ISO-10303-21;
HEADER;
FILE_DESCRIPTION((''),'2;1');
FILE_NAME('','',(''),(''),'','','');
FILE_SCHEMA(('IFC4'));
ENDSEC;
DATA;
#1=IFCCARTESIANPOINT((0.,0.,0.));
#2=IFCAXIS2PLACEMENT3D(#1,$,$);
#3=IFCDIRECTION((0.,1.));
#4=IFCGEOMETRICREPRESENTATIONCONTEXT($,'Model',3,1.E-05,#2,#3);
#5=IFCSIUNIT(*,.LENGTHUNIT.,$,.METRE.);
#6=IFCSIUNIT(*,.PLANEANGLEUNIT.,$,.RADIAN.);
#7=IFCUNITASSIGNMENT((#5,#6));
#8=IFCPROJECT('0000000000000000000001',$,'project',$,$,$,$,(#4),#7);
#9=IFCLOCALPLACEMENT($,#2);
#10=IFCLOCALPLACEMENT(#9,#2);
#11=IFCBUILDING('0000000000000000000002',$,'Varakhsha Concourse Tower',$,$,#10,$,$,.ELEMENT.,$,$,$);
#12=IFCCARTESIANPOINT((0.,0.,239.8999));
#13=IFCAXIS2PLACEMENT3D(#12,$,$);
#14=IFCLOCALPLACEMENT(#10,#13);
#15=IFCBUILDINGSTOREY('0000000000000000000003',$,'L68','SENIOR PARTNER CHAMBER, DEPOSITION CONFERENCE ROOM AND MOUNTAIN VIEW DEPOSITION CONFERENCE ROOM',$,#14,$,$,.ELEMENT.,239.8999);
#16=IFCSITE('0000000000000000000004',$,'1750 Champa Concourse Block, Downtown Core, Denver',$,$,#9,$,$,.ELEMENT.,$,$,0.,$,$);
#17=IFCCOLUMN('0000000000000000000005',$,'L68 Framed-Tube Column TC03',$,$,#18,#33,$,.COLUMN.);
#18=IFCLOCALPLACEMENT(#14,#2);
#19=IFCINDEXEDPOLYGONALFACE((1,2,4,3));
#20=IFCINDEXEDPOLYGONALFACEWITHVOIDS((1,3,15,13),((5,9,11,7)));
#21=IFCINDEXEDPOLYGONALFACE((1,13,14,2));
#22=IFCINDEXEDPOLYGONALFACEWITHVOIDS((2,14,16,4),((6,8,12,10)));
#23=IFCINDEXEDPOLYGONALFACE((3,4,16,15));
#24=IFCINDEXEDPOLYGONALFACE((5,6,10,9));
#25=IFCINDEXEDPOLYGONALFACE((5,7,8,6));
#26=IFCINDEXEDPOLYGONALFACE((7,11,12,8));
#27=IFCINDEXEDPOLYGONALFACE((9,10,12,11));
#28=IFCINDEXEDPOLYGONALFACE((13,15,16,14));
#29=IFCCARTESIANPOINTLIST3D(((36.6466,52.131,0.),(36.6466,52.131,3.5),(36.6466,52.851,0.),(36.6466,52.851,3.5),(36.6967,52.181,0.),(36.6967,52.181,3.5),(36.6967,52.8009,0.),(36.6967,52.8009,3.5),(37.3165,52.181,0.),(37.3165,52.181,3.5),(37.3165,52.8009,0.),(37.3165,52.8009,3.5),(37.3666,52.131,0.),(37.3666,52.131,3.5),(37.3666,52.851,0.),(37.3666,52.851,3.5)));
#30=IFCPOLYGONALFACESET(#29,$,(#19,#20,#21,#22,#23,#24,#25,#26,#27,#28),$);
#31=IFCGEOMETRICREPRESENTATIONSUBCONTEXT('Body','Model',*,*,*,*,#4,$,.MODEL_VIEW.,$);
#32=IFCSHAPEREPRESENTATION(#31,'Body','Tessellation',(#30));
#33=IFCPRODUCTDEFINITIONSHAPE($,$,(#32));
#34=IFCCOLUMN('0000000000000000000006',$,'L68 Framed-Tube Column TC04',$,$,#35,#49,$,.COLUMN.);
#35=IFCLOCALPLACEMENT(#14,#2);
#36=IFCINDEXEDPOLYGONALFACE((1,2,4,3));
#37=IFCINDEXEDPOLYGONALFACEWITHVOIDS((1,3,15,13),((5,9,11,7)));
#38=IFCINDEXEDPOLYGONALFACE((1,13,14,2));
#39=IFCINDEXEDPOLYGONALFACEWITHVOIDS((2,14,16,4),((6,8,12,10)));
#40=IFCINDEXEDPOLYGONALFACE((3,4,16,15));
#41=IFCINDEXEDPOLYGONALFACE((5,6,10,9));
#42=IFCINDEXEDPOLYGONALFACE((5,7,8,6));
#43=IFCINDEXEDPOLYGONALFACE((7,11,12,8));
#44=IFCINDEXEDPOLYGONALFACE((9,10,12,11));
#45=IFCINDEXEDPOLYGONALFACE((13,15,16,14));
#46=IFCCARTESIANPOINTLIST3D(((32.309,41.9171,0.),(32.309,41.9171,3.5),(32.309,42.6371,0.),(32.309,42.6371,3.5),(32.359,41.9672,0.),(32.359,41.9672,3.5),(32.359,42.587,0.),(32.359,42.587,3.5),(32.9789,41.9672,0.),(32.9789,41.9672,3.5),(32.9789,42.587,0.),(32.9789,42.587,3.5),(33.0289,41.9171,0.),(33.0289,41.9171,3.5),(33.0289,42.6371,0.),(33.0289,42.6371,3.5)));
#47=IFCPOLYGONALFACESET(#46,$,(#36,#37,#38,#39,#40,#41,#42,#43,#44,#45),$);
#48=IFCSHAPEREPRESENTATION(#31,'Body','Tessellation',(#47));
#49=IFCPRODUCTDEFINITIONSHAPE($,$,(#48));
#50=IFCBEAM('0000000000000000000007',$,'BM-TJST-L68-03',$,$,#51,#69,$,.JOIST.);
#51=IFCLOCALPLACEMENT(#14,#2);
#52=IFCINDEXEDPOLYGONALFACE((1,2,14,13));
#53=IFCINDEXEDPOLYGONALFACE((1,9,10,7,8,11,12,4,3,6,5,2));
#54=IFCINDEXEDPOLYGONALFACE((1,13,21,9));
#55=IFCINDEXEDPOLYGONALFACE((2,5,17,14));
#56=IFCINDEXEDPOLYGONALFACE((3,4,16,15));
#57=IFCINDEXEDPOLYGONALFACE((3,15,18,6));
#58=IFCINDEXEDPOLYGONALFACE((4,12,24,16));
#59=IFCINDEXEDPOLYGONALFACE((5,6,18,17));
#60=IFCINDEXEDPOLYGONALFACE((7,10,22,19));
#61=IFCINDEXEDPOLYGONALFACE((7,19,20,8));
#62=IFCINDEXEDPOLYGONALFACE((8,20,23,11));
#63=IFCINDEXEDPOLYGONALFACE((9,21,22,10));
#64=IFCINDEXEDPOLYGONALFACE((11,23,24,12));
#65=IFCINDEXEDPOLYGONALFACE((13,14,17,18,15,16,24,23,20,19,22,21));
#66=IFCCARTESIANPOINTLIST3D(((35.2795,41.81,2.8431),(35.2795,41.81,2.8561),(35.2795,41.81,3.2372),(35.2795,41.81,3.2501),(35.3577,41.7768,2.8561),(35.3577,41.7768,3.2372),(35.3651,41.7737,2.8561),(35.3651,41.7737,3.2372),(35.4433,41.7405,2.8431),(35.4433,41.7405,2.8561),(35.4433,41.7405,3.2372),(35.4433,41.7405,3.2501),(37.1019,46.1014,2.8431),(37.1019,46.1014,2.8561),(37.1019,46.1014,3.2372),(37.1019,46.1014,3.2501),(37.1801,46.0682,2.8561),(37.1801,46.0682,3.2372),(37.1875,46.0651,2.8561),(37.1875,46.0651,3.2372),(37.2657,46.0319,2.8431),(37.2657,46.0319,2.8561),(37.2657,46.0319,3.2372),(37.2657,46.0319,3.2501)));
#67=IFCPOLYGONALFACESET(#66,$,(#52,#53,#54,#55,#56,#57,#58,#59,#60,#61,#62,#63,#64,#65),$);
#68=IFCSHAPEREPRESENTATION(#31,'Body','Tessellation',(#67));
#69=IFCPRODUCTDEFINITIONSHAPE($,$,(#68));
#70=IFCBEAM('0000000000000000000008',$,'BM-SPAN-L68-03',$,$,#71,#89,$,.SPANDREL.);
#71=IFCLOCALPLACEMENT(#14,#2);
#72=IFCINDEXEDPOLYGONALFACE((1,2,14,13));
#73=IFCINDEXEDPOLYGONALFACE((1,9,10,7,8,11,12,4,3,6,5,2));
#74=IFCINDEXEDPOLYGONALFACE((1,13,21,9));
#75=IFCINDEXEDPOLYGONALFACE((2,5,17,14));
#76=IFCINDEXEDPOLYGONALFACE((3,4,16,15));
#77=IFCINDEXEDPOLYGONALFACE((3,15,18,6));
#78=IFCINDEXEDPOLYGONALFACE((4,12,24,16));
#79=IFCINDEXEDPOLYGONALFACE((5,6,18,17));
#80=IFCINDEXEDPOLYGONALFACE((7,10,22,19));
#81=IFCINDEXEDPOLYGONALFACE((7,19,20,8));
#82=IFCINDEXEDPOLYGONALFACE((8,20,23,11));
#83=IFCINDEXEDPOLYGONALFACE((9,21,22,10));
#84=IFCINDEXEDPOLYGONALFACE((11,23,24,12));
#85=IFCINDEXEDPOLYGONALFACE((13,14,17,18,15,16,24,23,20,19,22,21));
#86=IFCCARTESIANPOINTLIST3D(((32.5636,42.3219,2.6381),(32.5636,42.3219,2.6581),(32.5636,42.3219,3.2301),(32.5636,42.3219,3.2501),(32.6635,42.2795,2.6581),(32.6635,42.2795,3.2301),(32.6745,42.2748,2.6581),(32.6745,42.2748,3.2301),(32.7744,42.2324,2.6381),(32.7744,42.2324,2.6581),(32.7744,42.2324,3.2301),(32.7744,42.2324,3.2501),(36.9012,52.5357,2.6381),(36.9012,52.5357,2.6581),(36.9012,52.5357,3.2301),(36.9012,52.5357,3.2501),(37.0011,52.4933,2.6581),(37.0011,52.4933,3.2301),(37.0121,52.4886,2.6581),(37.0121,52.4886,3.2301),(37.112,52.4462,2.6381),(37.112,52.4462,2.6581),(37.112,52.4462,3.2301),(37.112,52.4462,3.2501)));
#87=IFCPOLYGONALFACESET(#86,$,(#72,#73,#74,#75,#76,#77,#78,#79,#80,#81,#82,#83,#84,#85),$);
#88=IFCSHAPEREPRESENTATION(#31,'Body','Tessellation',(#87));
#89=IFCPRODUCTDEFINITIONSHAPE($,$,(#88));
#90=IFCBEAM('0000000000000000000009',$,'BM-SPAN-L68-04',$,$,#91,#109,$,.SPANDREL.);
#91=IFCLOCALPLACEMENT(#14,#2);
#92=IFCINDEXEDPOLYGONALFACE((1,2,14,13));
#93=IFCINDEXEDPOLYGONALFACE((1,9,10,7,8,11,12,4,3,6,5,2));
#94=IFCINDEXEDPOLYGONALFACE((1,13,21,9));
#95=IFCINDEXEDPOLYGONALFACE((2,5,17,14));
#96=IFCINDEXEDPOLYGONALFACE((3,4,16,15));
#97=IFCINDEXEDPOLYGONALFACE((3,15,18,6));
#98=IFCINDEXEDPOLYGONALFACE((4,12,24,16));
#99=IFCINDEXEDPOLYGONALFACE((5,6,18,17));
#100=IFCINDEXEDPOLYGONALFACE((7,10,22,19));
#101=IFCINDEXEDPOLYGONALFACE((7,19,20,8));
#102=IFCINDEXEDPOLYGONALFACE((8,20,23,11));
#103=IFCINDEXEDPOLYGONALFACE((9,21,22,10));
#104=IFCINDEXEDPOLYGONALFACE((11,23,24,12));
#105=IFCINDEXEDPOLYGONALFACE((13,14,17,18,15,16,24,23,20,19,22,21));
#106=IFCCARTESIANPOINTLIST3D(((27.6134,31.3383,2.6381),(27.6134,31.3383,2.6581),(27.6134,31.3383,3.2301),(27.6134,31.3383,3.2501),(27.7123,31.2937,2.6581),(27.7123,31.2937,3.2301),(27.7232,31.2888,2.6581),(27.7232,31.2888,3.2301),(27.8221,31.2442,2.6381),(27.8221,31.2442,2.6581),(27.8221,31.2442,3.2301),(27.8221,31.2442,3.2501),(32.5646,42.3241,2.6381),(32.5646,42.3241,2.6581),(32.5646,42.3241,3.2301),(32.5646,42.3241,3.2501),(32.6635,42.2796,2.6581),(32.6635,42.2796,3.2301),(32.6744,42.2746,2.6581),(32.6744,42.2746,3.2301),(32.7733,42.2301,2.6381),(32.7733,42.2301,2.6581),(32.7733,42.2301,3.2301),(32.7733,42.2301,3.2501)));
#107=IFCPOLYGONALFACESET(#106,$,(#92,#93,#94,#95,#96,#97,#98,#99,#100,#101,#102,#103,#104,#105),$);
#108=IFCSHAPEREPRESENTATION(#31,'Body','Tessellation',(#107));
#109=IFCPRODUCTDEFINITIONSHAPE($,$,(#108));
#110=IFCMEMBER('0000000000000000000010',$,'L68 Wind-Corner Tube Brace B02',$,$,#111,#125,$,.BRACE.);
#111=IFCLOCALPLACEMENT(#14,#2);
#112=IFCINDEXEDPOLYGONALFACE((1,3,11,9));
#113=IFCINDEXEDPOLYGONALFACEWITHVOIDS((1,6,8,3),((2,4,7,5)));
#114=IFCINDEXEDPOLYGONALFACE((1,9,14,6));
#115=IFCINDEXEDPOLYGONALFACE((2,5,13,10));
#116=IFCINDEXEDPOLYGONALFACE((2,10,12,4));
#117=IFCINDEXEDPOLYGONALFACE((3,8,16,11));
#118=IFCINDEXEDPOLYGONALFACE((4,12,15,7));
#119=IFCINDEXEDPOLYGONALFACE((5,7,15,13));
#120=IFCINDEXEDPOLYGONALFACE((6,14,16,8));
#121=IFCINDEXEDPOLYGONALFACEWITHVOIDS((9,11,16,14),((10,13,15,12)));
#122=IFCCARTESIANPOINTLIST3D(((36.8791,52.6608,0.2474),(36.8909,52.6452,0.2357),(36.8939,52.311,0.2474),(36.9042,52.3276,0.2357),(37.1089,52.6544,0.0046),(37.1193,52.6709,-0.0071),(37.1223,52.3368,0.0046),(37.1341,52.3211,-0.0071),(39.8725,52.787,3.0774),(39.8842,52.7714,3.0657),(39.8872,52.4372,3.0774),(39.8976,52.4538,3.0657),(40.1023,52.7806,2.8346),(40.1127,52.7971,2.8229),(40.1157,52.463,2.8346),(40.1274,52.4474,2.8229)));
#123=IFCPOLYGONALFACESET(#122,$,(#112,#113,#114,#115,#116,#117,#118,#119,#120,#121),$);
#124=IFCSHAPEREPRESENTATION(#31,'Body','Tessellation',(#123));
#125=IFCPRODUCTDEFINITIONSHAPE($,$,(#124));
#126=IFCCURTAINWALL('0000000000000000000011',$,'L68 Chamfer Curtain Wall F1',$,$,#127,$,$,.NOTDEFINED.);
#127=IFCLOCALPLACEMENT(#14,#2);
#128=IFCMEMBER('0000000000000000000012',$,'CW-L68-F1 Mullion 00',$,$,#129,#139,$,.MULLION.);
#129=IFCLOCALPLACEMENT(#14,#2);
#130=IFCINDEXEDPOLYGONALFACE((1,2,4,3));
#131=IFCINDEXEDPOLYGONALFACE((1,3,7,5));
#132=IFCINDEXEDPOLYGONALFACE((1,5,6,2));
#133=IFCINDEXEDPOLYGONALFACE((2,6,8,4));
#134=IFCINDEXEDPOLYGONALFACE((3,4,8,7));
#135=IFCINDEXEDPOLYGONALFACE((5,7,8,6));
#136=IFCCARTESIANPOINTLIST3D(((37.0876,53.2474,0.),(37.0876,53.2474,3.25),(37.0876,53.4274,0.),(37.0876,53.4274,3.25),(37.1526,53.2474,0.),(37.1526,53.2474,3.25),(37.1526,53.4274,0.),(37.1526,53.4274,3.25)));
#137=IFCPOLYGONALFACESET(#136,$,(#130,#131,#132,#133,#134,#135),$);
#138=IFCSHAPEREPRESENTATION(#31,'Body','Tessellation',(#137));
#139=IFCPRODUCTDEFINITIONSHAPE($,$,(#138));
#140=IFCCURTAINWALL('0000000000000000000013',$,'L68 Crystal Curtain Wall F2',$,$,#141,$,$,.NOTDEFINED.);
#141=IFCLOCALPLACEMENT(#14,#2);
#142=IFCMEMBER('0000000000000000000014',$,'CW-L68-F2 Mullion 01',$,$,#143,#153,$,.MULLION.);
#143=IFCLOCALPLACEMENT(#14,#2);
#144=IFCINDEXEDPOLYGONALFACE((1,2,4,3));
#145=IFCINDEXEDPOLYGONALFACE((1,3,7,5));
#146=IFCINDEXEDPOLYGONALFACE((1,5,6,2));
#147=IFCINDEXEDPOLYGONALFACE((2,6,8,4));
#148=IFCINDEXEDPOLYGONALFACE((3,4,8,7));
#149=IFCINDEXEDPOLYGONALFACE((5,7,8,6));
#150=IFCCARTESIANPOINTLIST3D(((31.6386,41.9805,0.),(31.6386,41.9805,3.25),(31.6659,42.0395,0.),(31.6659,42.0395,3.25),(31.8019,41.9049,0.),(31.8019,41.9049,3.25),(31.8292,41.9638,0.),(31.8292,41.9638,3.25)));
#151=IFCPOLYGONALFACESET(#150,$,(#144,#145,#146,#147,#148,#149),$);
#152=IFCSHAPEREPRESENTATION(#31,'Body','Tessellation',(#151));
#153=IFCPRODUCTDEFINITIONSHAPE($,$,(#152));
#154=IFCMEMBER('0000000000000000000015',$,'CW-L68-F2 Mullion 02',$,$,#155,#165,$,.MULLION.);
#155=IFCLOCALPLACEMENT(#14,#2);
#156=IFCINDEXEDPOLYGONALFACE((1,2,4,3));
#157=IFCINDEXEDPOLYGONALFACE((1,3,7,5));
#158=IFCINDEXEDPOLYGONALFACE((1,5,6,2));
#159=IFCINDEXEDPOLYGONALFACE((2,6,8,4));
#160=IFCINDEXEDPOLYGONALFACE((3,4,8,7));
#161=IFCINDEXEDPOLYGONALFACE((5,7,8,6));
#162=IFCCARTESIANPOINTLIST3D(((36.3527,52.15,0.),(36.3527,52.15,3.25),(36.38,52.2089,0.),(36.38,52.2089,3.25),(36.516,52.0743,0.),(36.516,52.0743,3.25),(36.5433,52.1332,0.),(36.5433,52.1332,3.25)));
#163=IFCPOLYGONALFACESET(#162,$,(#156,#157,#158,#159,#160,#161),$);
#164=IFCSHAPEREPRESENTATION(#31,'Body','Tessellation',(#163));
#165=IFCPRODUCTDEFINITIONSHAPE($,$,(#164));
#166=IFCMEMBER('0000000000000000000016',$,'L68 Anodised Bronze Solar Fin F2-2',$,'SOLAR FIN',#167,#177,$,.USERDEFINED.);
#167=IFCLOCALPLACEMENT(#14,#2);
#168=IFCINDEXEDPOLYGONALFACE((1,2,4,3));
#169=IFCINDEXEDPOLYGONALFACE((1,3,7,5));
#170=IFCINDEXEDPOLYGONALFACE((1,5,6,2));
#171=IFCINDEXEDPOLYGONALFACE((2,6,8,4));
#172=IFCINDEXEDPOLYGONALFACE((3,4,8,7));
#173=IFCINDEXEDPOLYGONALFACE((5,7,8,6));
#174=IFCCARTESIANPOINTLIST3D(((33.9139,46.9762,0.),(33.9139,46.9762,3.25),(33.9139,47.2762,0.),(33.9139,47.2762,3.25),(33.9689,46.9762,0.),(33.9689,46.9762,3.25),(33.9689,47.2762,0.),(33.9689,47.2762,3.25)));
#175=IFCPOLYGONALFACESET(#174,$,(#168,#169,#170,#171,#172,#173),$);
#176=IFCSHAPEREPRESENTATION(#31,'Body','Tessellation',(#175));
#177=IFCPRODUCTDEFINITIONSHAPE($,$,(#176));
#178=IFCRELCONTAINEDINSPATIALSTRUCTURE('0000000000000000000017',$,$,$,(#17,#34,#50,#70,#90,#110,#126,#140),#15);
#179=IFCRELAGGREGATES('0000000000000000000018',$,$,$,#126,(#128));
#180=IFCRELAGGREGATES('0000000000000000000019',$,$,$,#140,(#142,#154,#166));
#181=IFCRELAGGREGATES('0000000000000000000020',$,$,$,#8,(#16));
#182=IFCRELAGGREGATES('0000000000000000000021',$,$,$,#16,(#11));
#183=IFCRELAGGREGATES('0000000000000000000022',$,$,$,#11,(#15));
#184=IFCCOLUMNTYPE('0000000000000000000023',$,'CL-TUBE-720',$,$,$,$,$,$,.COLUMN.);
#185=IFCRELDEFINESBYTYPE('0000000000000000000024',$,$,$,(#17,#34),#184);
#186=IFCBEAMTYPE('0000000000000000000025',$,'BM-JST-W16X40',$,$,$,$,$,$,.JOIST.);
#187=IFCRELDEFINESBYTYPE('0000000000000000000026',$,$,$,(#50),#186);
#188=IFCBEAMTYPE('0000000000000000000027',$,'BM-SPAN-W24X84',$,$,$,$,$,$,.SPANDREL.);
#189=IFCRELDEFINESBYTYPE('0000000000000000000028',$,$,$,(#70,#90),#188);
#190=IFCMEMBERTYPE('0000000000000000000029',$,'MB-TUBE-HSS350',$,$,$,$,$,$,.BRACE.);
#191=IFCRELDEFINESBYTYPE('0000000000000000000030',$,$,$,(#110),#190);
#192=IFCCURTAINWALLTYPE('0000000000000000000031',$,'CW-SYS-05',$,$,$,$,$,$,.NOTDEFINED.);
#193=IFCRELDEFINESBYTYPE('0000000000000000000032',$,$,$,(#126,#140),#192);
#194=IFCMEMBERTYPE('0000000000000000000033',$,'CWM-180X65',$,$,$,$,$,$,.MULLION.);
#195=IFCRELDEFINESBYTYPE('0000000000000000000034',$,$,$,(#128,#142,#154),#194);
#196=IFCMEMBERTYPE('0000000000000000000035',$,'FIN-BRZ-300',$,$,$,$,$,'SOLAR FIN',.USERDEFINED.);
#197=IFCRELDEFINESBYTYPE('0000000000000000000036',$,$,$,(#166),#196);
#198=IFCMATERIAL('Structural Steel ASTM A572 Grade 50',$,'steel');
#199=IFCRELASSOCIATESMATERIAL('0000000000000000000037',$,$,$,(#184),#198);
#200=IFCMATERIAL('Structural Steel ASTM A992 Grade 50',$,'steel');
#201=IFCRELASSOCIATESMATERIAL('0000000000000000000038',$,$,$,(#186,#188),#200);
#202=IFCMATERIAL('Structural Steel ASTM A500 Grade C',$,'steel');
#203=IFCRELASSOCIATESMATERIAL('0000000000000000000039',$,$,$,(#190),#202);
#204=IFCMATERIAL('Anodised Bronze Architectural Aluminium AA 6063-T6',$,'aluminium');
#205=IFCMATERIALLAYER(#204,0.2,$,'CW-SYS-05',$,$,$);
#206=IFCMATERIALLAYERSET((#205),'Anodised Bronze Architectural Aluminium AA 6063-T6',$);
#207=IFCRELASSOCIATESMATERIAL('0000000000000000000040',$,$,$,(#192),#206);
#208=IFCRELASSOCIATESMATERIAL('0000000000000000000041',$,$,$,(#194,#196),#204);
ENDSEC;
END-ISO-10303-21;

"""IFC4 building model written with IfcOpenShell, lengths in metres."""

from ifc_helpers import new_model, si_unit, direction, frame, origin, origin_2d, place, context, subcontext, project, spatial, rectangle, hollow_rectangle, i_section, extrude, source, transform, mapped, material, layer, layer_set, material_profile, profile_set, type_object, type_shapes, element, aggregate, save


model = new_model("IFC4")

# Units and contexts
model_context = context("Model", 3, precision=1e-05, world=origin(), true_north=direction((0.0, 1.0)))
body_context = subcontext(model_context, "Body", "Model", "MODEL_VIEW")
ifc_project = project(units=[si_unit("LENGTHUNIT", "METRE"), si_unit("PLANEANGLEUNIT", "RADIAN")], contexts=[model_context])

# Site, building, storey
site_placement = place(None, origin())
site = spatial("IfcSite", under=ifc_project, at=site_placement, Name="1750 Champa Concourse Block, Downtown Core, Denver", CompositionType="ELEMENT", RefElevation=0.0)
building_placement = place(site_placement, origin())
building = spatial("IfcBuilding", under=site, at=building_placement, Name="Varakhsha Concourse Tower", CompositionType="ELEMENT")
storey_placement = place(building_placement, frame((0.0, 0.0, 239.8999)))
storey = spatial("IfcBuildingStorey", under=building, at=storey_placement, Name="L68", Description="SENIOR PARTNER CHAMBER, DEPOSITION CONFERENCE ROOM AND MOUNTAIN VIEW DEPOSITION CONFERENCE ROOM", CompositionType="ELEMENT", Elevation=239.8999)

# Columns
ifc_material_1 = material(Name="Structural Steel ASTM A572 Grade 50", Category="steel")
ifc_material_profile_1 = material_profile(ifc_material_1, hollow_rectangle(XDim=0.72, YDim=0.72, WallThickness=0.05, at=origin_2d()), Name="BOX 720x720x50")
ifc_profile_set_1 = profile_set([ifc_material_profile_1], Name="Structural Steel ASTM A572 Grade 50")
column_type = type_object("IfcColumnType", Name="CL-TUBE-720", PredefinedType="COLUMN", material=ifc_profile_set_1)
for number, where, z_axis, x_axis, name in (
    (1, (37.0066, 52.491, 0.0), (0.0, 0.0, 1.0), (1.0, 0.0, 0.0), "L68 Framed-Tube Column TC03"),
    (2, (32.6689, 42.2771, 0.0), (0.0, 0.0, 1.0), (1.0, 0.0, 0.0), "L68 Framed-Tube Column TC04"),
):
    element("IfcColumn", number, at=place(storey_placement, frame(where, z_axis=z_axis, x_axis=x_axis)), inside=storey, type_object=column_type, Name=name, PredefinedType="COLUMN", context=body_context, shape_type="SweptSolid", body=[
        extrude(hollow_rectangle(XDim=0.72, YDim=0.72, WallThickness=0.05, at=origin_2d()), origin(), (0.0, 0.0, 1.0), 3.5),
    ])

# Beams
ifc_material_2 = material(Name="Structural Steel ASTM A992 Grade 50", Category="steel")
ifc_material_profile_2 = material_profile(ifc_material_2, i_section(OverallWidth=0.178, OverallDepth=0.407, WebThickness=0.0081, FlangeThickness=0.0129, at=origin_2d()), Name="W16X40")
ifc_profile_set_2 = profile_set([ifc_material_profile_2], Name="Structural Steel ASTM A992 Grade 50")
beam_type_1 = type_object("IfcBeamType", Name="BM-JST-W16X40", PredefinedType="JOIST", material=ifc_profile_set_2)
beam_1_placement = place(storey_placement, frame((37.1838, 46.0667, 3.0466), z_axis=(-0.39089, -0.920437, 0.0), x_axis=(0.920437, -0.39089, 0.0)))
element("IfcBeam", 3, at=beam_1_placement, inside=storey, type_object=beam_type_1, Name="BM-TJST-L68-03", PredefinedType="JOIST", context=body_context, shape_type="SweptSolid", body=[
    extrude(i_section(OverallWidth=0.178, OverallDepth=0.407, WebThickness=0.0081, FlangeThickness=0.0129, at=origin_2d()), origin(), (0.0, 0.0, 1.0), 4.6624),
])
ifc_material_profile_3 = material_profile(ifc_material_2, i_section(OverallWidth=0.229, OverallDepth=0.6121, WebThickness=0.012, FlangeThickness=0.02, at=origin_2d()), Name="W24X84")
ifc_profile_set_3 = profile_set([ifc_material_profile_3], Name="Structural Steel ASTM A992 Grade 50")
beam_type_2 = type_object("IfcBeamType", Name="BM-SPAN-W24X84", PredefinedType="SPANDREL", material=ifc_profile_set_3)
beam_2_placement = place(storey_placement, frame((37.0066, 52.491, 2.9441), z_axis=(-0.390893, -0.920436, 0.0), x_axis=(0.920436, -0.390893, 0.0)))
element("IfcBeam", 4, at=beam_2_placement, inside=storey, type_object=beam_type_2, Name="BM-SPAN-L68-03", PredefinedType="SPANDREL", context=body_context, shape_type="SweptSolid", body=[
    extrude(i_section(OverallWidth=0.229, OverallDepth=0.6121, WebThickness=0.012, FlangeThickness=0.02, at=origin_2d()), origin(), (0.0, 0.0, 1.0), 11.0967),
])
beam_3_placement = place(storey_placement, frame((32.6689, 42.2771, 2.9441), z_axis=(-0.410885, -0.911687, 0.0), x_axis=(0.911687, -0.410885, 0.0)))
element("IfcBeam", 5, at=beam_3_placement, inside=storey, type_object=beam_type_2, Name="BM-SPAN-L68-04", PredefinedType="SPANDREL", context=body_context, shape_type="SweptSolid", body=[
    extrude(i_section(OverallWidth=0.229, OverallDepth=0.6121, WebThickness=0.012, FlangeThickness=0.02, at=origin_2d()), origin(), (0.0, 0.0, 1.0), 12.05),
])

# Member
ifc_material_3 = material(Name="Structural Steel ASTM A500 Grade C", Category="steel")
ifc_material_profile_4 = material_profile(ifc_material_3, hollow_rectangle(XDim=0.3501, YDim=0.3501, WallThickness=0.0161, at=origin_2d()), Name="HSS 350x350x16")
ifc_profile_set_4 = profile_set([ifc_material_profile_4], Name="Structural Steel ASTM A500 Grade C")
member_type_1 = type_object("IfcMemberType", Name="MB-TUBE-HSS350", PredefinedType="BRACE", material=ifc_profile_set_4)
shared_shape_1 = source(origin(), body_context, "Body", "SweptSolid", [
    extrude(hollow_rectangle(XDim=0.3501, YDim=0.3501, WallThickness=0.0161, at=origin_2d()), origin(), (0.0, 0.0, 1.0), 4.1213),
])
type_shapes(member_type_1, [shared_shape_1])
member_1_placement = place(storey_placement, frame((37.0066, 52.491, 0.1201), z_axis=(0.726312, 0.030626, 0.686682), x_axis=(-0.042129, 0.999112, 0.0)))
element("IfcMember", 6, at=member_1_placement, inside=storey, type_object=member_type_1, Name="L68 Wind-Corner Tube Brace B02", PredefinedType="BRACE", context=body_context, shape_type="MappedRepresentation", body=[
    mapped(shared_shape_1, transform((0.0, 0.0, 0.0), scale=1.0)),
])

# Curtain wall, member
ifc_material_4 = material(Name="Anodised Bronze Architectural Aluminium AA 6063-T6", Category="aluminium")
ifc_layer_1 = layer(ifc_material_4, 0.2, Name="CW-SYS-05")
ifc_layer_set_1 = layer_set([ifc_layer_1], Name="Anodised Bronze Architectural Aluminium AA 6063-T6")
curtain_wall_type = type_object("IfcCurtainWallType", Name="CW-SYS-05", PredefinedType="NOTDEFINED", material=ifc_layer_set_1)
curtain_wall_1_placement = place(storey_placement, origin())
curtain_wall_1 = element("IfcCurtainWall", 7, at=curtain_wall_1_placement, inside=storey, type_object=curtain_wall_type, Name="L68 Chamfer Curtain Wall F1", PredefinedType="NOTDEFINED")
ifc_material_profile_5 = material_profile(ifc_material_4, rectangle(XDim=0.0649, YDim=0.1799, at=origin_2d()), Name="CWM-180X65")
ifc_profile_set_5 = profile_set([ifc_material_profile_5], Name="Anodised Bronze Architectural Aluminium AA 6063-T6")
member_type_2 = type_object("IfcMemberType", Name="CWM-180X65", PredefinedType="MULLION", material=ifc_profile_set_5)
shared_shape_2 = source(origin(), body_context, "Body", "SweptSolid", [
    extrude(rectangle(XDim=0.0649, YDim=0.1799, at=origin_2d()), origin(), (0.0, 0.0, 1.0), 3.25),
])
type_shapes(member_type_2, [shared_shape_2])
member_2_placement = place(storey_placement, frame((37.1201, 53.3374, 0.0), z_axis=(0.0, 0.0, 1.0), x_axis=(1.0, 0.0, 0.0)))
member_2 = element("IfcMember", 8, at=member_2_placement, type_object=member_type_2, Name="CW-L68-F1 Mullion 00", PredefinedType="MULLION", context=body_context, shape_type="MappedRepresentation", body=[
    mapped(shared_shape_2, transform((0.0, 0.0, 0.0), scale=1.0)),
])

# Curtain wall, members
curtain_wall_2_placement = place(storey_placement, origin())
curtain_wall_2 = element("IfcCurtainWall", 9, at=curtain_wall_2_placement, inside=storey, type_object=curtain_wall_type, Name="L68 Crystal Curtain Wall F2", PredefinedType="NOTDEFINED")
member_3_placement = place(storey_placement, frame((31.7339, 41.9722, 0.0), z_axis=(0.0, 0.0, 1.0), x_axis=(0.420547, 0.907271, 0.0)))
member_3 = element("IfcMember", 10, at=member_3_placement, type_object=member_type_2, Name="CW-L68-F2 Mullion 01", PredefinedType="MULLION", context=body_context, shape_type="MappedRepresentation", body=[
    mapped(shared_shape_2, transform((0.0, 0.0, 0.0), scale=1.0)),
])
member_4_placement = place(storey_placement, frame((36.448, 52.1416, 0.0), z_axis=(0.0, 0.0, 1.0), x_axis=(0.420547, 0.907271, 0.0)))
member_4 = element("IfcMember", 11, at=member_4_placement, type_object=member_type_2, Name="CW-L68-F2 Mullion 02", PredefinedType="MULLION", context=body_context, shape_type="MappedRepresentation", body=[
    mapped(shared_shape_2, transform((0.0, 0.0, 0.0), scale=1.0)),
])
ifc_material_profile_6 = material_profile(ifc_material_4, rectangle(XDim=0.0549, YDim=0.3, at=origin_2d()), Name="FIN-BRZ-300")
ifc_profile_set_6 = profile_set([ifc_material_profile_6], Name="Anodised Bronze Architectural Aluminium AA 6063-T6")
member_type_3 = type_object("IfcMemberType", Name="FIN-BRZ-300", ElementType="SOLAR FIN", PredefinedType="USERDEFINED", material=ifc_profile_set_6)
shared_shape_3 = source(origin(), body_context, "Body", "SweptSolid", [
    extrude(rectangle(XDim=0.0549, YDim=0.3, at=origin_2d()), origin(), (0.0, 0.0, 1.0), 3.25),
])
type_shapes(member_type_3, [shared_shape_3])
member_5_placement = place(storey_placement, frame((33.9414, 47.1262, 0.0), z_axis=(0.0, 0.0, 1.0), x_axis=(1.0, 0.0, 0.0)))
member_5 = element("IfcMember", 12, at=member_5_placement, type_object=member_type_3, Name="L68 Anodised Bronze Solar Fin F2-2", ObjectType="SOLAR FIN", PredefinedType="USERDEFINED", context=body_context, shape_type="MappedRepresentation", body=[
    mapped(shared_shape_3, transform((0.0, 0.0, 0.0), scale=1.0)),
])

aggregate(curtain_wall_1, [member_2])

aggregate(curtain_wall_2, [member_3, member_4, member_5])

save(model, "model.ifc")
